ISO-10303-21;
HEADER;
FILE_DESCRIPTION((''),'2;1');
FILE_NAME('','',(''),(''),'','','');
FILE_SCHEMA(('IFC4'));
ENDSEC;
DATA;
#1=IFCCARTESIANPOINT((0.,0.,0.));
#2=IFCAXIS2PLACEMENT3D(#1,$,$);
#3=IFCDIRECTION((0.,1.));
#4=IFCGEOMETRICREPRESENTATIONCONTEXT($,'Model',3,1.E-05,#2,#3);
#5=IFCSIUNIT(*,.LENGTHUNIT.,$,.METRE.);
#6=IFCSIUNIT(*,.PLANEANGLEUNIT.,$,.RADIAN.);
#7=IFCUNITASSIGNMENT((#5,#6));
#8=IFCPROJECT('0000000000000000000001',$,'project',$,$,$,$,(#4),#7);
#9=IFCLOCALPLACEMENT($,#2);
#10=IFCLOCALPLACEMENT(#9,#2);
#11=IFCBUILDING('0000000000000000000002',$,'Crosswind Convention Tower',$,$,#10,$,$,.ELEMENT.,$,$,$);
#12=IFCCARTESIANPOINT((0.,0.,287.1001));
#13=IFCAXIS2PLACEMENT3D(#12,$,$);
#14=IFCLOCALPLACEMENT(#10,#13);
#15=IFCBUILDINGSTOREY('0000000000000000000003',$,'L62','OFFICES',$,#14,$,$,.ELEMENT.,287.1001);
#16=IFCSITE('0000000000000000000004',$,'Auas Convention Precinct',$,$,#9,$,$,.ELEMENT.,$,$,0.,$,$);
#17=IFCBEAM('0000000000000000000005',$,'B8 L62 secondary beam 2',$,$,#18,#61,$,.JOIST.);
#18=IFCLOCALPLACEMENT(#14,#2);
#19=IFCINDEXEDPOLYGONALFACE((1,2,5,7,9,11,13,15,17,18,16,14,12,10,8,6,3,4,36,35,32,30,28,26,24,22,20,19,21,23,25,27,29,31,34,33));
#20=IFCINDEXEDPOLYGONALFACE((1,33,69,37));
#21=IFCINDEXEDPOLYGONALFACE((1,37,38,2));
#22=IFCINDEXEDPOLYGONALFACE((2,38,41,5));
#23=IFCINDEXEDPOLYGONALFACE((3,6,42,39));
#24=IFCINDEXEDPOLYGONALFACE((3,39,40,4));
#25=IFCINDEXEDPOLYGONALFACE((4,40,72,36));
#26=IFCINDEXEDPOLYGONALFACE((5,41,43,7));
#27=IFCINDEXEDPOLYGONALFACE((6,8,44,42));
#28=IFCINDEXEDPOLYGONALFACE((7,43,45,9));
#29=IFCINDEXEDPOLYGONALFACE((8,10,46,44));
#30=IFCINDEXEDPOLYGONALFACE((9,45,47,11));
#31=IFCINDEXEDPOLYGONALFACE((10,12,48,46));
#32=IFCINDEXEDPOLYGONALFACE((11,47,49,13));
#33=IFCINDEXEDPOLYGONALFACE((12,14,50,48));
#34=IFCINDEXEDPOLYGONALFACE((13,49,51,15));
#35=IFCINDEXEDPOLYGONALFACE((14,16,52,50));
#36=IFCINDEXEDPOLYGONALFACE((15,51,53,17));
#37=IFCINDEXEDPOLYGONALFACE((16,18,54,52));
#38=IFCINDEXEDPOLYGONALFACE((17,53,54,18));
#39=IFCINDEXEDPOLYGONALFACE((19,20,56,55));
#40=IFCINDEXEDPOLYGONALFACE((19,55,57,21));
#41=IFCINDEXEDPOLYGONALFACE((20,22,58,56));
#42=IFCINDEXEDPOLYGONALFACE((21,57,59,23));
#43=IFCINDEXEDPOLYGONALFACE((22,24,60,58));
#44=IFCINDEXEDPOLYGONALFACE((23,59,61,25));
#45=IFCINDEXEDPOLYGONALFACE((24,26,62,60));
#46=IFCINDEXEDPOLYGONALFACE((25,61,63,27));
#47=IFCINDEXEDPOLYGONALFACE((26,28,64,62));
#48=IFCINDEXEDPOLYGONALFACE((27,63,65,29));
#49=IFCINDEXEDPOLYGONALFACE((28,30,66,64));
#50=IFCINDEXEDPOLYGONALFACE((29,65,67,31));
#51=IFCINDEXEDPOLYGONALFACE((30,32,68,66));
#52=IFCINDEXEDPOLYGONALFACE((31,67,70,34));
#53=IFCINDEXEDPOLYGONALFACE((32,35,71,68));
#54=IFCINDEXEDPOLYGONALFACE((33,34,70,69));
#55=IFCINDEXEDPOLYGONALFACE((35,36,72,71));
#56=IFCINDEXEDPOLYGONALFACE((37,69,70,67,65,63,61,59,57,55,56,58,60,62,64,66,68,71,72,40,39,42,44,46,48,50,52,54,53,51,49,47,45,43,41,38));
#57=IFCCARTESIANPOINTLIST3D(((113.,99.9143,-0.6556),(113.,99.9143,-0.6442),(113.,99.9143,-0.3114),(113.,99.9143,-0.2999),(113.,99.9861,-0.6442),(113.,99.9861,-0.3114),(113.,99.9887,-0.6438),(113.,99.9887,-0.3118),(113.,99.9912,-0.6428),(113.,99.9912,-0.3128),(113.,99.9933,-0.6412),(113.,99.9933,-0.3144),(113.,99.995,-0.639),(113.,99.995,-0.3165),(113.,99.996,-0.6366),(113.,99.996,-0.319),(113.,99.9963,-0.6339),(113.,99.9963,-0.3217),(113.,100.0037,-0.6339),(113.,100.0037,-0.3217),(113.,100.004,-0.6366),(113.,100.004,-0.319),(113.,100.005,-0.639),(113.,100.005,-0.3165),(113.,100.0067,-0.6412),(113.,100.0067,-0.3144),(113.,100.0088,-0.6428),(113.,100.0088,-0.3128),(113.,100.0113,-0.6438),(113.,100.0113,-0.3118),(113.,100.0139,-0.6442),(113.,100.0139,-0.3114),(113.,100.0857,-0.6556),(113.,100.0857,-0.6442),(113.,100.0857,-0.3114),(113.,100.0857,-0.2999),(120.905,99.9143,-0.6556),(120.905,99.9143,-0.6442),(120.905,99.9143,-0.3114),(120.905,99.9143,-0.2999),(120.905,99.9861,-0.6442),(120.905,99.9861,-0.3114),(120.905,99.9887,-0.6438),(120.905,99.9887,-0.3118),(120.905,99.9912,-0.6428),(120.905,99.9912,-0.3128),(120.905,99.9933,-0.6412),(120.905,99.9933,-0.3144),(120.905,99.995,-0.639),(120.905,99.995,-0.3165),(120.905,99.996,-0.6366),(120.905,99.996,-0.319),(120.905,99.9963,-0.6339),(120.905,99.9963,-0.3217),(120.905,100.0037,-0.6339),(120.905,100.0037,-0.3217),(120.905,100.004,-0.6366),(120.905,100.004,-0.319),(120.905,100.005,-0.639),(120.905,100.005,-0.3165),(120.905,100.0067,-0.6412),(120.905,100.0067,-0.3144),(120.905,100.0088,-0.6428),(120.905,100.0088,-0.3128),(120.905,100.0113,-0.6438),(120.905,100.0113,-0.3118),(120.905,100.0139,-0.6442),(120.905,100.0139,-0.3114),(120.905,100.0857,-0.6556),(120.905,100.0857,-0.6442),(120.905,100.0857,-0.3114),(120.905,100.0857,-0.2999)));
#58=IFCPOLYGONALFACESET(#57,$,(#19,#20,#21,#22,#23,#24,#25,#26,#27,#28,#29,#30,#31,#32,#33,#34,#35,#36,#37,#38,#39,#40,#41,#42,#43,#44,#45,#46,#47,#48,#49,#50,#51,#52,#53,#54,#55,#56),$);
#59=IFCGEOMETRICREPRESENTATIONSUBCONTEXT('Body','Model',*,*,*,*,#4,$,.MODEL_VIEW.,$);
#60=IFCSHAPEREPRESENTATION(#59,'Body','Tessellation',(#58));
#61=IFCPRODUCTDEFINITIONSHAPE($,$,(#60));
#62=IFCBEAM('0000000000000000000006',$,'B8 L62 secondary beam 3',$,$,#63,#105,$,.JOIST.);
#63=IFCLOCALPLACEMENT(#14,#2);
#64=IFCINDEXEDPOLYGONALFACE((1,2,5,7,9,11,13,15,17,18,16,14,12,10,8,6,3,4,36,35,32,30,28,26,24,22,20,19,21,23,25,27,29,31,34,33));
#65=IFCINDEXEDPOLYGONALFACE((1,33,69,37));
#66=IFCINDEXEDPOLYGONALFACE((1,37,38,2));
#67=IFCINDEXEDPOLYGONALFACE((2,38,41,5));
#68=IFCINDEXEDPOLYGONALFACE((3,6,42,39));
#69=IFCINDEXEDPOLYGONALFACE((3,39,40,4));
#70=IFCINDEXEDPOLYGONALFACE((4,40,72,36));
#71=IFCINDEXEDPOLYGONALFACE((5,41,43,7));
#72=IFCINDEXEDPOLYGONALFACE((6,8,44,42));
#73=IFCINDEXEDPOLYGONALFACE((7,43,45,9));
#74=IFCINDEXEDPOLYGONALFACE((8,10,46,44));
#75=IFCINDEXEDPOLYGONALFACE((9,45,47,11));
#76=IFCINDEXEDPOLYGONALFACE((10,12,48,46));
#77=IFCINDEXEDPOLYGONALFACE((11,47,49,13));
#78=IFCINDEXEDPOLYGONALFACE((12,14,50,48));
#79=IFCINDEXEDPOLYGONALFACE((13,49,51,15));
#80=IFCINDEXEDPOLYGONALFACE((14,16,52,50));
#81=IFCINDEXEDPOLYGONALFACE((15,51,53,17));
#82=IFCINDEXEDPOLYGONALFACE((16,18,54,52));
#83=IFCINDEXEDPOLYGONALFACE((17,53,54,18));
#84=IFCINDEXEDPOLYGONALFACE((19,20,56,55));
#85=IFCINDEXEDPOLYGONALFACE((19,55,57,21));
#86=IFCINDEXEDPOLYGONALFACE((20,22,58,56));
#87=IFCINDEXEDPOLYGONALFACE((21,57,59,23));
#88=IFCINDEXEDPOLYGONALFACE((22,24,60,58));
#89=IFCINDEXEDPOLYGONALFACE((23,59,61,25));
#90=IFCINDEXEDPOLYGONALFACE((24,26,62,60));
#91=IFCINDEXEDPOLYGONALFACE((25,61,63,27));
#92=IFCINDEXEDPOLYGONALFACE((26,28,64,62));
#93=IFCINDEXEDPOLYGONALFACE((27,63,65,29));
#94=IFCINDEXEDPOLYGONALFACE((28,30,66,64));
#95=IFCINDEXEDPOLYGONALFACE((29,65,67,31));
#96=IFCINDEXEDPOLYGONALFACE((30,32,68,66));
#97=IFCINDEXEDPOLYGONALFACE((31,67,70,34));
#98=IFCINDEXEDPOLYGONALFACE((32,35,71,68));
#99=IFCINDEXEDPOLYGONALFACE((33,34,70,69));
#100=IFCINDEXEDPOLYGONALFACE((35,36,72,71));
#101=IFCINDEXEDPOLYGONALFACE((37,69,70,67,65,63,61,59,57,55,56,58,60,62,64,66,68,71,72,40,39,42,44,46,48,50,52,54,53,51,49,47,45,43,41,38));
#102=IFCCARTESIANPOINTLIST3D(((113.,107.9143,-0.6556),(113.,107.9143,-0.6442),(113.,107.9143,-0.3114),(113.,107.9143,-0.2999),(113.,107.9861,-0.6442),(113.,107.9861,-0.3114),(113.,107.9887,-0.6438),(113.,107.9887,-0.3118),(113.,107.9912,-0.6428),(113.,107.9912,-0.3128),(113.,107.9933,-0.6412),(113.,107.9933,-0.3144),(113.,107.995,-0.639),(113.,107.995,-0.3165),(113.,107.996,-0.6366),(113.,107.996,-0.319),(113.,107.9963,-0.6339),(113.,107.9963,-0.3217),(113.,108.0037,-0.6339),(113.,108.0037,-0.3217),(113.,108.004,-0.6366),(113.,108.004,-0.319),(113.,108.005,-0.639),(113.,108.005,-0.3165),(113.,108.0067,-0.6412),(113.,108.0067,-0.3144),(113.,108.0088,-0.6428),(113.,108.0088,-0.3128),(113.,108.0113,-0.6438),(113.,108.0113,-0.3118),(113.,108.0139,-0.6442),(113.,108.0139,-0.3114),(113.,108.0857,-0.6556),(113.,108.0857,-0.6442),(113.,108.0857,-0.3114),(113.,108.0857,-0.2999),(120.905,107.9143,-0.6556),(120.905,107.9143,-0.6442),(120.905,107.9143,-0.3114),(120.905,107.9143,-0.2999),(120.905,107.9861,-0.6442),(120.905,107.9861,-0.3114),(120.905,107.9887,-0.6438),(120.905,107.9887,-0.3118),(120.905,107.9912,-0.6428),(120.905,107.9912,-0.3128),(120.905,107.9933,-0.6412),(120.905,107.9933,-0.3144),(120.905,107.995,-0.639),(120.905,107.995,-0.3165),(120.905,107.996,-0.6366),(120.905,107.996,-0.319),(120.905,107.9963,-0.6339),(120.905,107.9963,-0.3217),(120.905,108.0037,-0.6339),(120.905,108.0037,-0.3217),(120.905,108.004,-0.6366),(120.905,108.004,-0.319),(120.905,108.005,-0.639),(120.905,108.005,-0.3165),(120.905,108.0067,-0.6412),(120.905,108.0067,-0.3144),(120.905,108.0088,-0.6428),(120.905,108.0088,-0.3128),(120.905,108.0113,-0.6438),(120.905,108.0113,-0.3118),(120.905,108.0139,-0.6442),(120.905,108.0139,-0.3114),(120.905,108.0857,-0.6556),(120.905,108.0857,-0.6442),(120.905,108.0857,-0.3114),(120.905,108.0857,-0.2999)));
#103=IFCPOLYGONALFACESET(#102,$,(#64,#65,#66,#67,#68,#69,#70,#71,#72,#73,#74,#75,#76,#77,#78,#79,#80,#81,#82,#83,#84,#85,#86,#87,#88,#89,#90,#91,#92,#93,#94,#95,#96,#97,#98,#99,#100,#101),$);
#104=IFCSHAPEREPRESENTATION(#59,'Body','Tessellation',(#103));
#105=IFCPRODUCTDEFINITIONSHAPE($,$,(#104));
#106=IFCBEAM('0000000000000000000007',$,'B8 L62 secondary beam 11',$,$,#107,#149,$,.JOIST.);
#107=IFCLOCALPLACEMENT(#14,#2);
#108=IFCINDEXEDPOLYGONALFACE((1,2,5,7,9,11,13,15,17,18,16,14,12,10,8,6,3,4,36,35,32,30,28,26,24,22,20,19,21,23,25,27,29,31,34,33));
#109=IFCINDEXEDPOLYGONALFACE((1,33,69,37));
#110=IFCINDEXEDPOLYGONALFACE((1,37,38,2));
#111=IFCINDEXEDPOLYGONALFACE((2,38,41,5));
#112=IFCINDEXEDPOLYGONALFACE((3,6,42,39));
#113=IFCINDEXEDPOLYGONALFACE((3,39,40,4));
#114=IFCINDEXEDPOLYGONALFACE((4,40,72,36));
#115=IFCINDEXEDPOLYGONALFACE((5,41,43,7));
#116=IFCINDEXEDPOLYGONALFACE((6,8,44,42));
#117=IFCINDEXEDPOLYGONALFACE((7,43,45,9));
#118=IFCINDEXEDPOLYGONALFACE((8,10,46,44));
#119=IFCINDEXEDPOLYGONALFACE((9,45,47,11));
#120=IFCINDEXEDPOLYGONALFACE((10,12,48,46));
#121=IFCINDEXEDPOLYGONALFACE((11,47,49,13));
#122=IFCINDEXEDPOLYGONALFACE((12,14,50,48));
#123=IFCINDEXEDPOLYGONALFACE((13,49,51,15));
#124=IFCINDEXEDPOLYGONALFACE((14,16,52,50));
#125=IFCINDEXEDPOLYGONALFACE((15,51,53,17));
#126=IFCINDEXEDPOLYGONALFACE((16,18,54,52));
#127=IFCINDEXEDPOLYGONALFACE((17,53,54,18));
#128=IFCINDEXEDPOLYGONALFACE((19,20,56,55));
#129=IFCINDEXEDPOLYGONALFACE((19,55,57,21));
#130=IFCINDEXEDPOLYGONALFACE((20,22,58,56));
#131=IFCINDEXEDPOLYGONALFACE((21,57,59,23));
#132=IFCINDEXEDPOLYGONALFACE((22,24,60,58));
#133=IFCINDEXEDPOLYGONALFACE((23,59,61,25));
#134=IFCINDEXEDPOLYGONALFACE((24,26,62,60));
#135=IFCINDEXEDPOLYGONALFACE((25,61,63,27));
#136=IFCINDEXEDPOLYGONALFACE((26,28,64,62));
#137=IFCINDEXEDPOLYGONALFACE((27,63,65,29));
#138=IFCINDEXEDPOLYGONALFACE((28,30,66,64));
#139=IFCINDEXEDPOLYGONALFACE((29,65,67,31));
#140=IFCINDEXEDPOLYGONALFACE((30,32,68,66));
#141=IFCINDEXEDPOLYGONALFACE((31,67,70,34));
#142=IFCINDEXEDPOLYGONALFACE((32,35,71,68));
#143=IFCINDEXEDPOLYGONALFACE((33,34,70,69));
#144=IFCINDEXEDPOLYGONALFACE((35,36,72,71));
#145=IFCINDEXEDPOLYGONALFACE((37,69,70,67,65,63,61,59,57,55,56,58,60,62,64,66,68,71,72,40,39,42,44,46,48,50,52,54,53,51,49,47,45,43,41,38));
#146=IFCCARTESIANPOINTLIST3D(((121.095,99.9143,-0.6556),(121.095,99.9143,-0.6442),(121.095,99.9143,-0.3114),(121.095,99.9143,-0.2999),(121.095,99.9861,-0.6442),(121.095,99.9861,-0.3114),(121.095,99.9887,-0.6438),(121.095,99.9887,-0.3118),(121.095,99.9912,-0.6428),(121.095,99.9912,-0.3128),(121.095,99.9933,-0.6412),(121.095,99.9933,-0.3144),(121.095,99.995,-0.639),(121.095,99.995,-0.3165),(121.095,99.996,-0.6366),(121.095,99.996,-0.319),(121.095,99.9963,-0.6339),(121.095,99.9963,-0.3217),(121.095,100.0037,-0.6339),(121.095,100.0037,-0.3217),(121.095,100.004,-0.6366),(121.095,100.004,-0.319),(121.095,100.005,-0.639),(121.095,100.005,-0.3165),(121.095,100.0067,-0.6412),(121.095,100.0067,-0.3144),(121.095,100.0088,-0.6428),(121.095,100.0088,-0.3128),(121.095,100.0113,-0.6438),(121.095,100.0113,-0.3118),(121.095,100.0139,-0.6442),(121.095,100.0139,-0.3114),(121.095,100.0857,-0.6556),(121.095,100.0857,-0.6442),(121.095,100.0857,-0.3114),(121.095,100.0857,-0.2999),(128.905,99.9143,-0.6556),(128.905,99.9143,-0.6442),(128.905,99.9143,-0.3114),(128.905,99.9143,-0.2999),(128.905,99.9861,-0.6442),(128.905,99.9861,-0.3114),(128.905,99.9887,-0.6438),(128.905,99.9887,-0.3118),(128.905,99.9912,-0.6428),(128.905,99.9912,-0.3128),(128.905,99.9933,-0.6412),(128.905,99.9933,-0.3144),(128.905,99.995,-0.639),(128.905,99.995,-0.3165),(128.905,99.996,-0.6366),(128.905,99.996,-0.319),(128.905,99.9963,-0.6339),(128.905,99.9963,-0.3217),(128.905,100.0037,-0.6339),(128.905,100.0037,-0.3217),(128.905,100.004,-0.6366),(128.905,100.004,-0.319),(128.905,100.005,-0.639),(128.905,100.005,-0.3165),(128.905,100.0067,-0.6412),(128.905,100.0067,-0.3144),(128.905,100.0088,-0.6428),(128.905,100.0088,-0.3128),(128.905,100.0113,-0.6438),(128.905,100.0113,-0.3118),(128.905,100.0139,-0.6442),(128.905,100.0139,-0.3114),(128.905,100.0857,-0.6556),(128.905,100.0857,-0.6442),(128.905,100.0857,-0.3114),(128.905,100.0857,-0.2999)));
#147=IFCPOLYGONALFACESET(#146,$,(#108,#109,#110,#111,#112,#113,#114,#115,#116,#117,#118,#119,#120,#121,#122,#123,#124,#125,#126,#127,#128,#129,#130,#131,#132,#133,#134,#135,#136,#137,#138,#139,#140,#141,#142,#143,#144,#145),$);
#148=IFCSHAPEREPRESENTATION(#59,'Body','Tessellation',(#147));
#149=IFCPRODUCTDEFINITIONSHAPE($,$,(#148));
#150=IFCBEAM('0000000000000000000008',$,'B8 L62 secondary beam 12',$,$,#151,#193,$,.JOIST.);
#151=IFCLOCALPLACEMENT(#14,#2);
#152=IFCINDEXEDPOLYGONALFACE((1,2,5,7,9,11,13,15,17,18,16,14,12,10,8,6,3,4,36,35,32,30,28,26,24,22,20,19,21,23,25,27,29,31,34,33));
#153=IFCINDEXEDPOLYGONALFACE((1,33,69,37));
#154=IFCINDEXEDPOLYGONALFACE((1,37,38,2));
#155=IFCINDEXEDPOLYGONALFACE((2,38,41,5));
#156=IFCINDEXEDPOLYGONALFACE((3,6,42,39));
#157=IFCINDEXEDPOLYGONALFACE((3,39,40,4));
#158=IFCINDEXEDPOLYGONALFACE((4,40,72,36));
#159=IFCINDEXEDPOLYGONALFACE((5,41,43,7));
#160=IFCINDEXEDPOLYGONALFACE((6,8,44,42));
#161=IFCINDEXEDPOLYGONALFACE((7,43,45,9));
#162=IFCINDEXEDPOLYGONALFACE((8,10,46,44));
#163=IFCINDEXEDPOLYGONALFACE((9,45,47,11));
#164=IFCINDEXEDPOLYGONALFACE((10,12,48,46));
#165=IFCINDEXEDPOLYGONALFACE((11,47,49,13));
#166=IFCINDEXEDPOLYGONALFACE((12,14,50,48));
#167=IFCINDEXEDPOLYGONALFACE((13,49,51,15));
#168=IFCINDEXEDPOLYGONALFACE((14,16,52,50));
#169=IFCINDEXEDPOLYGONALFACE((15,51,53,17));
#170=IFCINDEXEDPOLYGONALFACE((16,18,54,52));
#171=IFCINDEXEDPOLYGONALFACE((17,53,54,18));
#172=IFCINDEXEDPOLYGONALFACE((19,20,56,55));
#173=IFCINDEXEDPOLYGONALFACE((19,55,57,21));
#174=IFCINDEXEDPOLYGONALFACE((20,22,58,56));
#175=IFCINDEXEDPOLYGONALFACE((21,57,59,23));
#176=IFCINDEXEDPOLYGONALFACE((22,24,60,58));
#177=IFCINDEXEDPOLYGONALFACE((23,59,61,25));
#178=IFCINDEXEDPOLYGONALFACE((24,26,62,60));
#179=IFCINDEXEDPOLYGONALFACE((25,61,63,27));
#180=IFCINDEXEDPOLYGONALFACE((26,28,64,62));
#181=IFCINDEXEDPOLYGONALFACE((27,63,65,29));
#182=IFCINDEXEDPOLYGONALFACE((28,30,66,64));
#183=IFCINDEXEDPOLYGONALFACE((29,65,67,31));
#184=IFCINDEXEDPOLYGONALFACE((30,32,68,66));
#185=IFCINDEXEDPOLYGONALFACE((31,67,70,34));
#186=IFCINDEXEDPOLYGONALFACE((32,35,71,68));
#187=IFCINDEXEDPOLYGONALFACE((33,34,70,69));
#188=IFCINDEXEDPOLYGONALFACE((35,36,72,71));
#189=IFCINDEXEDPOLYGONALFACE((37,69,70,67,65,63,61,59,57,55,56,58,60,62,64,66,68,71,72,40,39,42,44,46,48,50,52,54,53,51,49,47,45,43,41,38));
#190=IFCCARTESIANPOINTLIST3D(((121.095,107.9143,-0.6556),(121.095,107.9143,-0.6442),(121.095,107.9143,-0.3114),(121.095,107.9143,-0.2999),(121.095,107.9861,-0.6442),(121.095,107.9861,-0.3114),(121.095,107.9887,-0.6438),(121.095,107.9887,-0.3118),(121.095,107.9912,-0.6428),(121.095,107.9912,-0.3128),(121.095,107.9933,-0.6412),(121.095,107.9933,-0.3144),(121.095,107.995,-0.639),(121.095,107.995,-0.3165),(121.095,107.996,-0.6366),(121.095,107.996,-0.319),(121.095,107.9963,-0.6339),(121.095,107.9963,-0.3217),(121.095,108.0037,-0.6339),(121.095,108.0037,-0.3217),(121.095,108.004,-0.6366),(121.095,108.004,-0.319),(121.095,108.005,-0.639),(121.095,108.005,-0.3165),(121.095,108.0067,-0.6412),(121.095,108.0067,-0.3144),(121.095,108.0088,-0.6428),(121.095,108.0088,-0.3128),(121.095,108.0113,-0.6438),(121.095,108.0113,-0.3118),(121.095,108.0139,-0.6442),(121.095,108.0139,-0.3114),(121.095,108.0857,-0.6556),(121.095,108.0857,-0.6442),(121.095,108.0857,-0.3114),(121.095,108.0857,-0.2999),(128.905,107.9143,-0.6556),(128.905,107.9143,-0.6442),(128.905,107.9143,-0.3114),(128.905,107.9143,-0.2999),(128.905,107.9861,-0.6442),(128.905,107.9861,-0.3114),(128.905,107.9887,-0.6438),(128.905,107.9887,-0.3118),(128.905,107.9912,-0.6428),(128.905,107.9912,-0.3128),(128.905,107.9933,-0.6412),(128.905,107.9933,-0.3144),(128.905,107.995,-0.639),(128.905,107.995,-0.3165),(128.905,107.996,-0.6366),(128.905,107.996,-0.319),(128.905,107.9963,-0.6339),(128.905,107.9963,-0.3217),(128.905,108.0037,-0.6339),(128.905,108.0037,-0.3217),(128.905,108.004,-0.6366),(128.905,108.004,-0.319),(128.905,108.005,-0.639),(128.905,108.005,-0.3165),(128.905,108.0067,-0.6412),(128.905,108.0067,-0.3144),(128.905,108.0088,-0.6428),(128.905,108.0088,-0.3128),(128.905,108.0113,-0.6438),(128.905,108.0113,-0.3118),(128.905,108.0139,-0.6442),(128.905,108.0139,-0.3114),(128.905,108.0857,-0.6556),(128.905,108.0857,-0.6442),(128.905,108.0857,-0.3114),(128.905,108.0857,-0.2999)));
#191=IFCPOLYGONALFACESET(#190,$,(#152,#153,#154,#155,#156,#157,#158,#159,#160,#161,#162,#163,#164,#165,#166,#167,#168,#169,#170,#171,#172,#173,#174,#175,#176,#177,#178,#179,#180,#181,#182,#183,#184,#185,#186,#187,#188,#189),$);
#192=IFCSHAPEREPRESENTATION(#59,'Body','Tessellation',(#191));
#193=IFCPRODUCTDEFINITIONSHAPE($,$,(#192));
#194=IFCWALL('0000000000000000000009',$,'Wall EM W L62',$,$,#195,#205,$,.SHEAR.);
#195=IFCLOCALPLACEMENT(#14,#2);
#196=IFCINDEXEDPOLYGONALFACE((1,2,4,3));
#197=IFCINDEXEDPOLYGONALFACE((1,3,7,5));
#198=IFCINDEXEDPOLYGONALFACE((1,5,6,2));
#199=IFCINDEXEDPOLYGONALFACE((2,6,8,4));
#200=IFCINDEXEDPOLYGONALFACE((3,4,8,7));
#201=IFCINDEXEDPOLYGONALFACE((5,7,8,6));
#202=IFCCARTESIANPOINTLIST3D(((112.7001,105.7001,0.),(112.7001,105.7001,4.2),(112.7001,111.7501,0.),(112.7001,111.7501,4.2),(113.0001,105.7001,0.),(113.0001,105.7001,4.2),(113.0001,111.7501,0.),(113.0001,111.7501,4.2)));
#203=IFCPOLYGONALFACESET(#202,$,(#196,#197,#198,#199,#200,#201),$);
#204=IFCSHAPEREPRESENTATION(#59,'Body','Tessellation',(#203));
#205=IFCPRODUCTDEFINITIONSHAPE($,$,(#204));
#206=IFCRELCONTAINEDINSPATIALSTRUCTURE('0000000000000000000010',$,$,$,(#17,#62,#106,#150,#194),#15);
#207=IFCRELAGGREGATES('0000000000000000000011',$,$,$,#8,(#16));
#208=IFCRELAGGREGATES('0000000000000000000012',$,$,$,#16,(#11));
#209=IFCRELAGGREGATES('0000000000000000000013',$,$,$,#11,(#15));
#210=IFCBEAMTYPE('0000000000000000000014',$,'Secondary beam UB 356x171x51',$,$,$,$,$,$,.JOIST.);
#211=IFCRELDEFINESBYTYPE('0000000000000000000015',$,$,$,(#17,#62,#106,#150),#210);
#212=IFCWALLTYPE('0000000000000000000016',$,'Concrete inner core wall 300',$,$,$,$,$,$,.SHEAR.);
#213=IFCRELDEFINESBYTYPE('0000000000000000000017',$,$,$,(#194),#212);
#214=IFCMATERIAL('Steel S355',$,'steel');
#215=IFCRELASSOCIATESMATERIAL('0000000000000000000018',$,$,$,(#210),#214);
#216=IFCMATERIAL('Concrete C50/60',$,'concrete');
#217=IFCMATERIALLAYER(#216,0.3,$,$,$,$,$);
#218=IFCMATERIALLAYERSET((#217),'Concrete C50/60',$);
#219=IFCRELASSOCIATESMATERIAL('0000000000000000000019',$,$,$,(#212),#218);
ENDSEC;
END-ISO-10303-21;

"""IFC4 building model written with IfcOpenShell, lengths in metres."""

from ifc_helpers import new_model, si_unit, direction, frame, frame_2d, origin, origin_2d, place, context, subcontext, project, spatial, rectangle, i_section, extrude, material, layer, layer_set, material_profile, profile_set, type_object, element, save


model = new_model("IFC4")

# Units and contexts
model_context = context("Model", 3, precision=1e-05, world=origin(), true_north=direction((0.0, 1.0)))
body_context = subcontext(model_context, "Body", "Model", "MODEL_VIEW")
ifc_project = project(units=[si_unit("LENGTHUNIT", "METRE"), si_unit("PLANEANGLEUNIT", "RADIAN")], contexts=[model_context])

# Site, building, storey
site_placement = place(None, origin())
site = spatial("IfcSite", under=ifc_project, at=site_placement, Name="Auas Convention Precinct", CompositionType="ELEMENT", RefElevation=0.0)
building_placement = place(site_placement, origin())
building = spatial("IfcBuilding", under=site, at=building_placement, Name="Crosswind Convention Tower", CompositionType="ELEMENT")
storey_placement = place(building_placement, frame((0.0, 0.0, 287.1001)))
storey = spatial("IfcBuildingStorey", under=building, at=storey_placement, Name="L62", Description="OFFICES", CompositionType="ELEMENT", Elevation=287.1001)

# Beams
ifc_material_1 = material(Name="Steel S355", Category="steel")
ifc_material_profile_1 = material_profile(ifc_material_1, i_section(OverallWidth=0.1714, OverallDepth=0.3557, WebThickness=0.0073, FlangeThickness=0.0115, FilletRadius=0.0103, at=origin_2d()), Name="UB 356x171x51")
ifc_profile_set_1 = profile_set([ifc_material_profile_1], Name="Steel S355")
beam_type_1 = type_object("IfcBeamType", Name="Secondary beam UB 356x171x51", PredefinedType="JOIST", material=ifc_profile_set_1)
for number, where, z_axis, x_axis, name in (
    (1, (113.0, 100.0, -0.4778), (1.0, 0.0, 0.0), (0.0, 1.0, 0.0), "B8 L62 secondary beam 2"),
    (2, (113.0, 108.0, -0.4778), (1.0, 0.0, 0.0), (0.0, 1.0, 0.0), "B8 L62 secondary beam 3"),
):
    element("IfcBeam", number, at=place(storey_placement, frame(where, z_axis=z_axis, x_axis=x_axis)), inside=storey, type_object=beam_type_1, Name=name, PredefinedType="JOIST", context=body_context, shape_type="SweptSolid", body=[
        extrude(i_section(OverallWidth=0.1714, OverallDepth=0.3557, WebThickness=0.0073, FlangeThickness=0.0115, FilletRadius=0.0103, at=origin_2d()), origin(), (0.0, 0.0, 1.0), 7.905),
    ])
for number, where, z_axis, x_axis, name in (
    (3, (121.095, 100.0, -0.4778), (1.0, 0.0, 0.0), (0.0, 1.0, 0.0), "B8 L62 secondary beam 11"),
    (4, (121.095, 108.0, -0.4778), (1.0, 0.0, 0.0), (0.0, 1.0, 0.0), "B8 L62 secondary beam 12"),
):
    element("IfcBeam", number, at=place(storey_placement, frame(where, z_axis=z_axis, x_axis=x_axis)), inside=storey, type_object=beam_type_1, Name=name, PredefinedType="JOIST", context=body_context, shape_type="SweptSolid", body=[
        extrude(i_section(OverallWidth=0.1714, OverallDepth=0.3557, WebThickness=0.0073, FlangeThickness=0.0115, FilletRadius=0.0103, at=origin_2d()), origin(), (0.0, 0.0, 1.0), 7.8101),
    ])

# Shared definitions
ifc_material_2 = material(Name="Concrete C50/60", Category="concrete")
ifc_layer_1 = layer(ifc_material_2, 0.3)
ifc_layer_set_1 = layer_set([ifc_layer_1], Name="Concrete C50/60")
wall_type_1 = type_object("IfcWallType", Name="Concrete inner core wall 300", PredefinedType="SHEAR", material=ifc_layer_set_1)

# Wall
wall_1_placement = place(storey_placement, frame((112.8501, 111.75, 0.0), z_axis=(0.0, 0.0, 1.0), x_axis=(0.0, -1.0, 0.0)))
element("IfcWall", 5, at=wall_1_placement, inside=storey, type_object=wall_type_1, Name="Wall EM W L62", PredefinedType="SHEAR", context=body_context, shape_type="SweptSolid", body=[
    extrude(rectangle(XDim=6.05, YDim=0.3, at=frame_2d((3.0249, 0.0))), origin(), (0.0, 0.0, 1.0), 4.2),
])

save(model, "model.ifc")
